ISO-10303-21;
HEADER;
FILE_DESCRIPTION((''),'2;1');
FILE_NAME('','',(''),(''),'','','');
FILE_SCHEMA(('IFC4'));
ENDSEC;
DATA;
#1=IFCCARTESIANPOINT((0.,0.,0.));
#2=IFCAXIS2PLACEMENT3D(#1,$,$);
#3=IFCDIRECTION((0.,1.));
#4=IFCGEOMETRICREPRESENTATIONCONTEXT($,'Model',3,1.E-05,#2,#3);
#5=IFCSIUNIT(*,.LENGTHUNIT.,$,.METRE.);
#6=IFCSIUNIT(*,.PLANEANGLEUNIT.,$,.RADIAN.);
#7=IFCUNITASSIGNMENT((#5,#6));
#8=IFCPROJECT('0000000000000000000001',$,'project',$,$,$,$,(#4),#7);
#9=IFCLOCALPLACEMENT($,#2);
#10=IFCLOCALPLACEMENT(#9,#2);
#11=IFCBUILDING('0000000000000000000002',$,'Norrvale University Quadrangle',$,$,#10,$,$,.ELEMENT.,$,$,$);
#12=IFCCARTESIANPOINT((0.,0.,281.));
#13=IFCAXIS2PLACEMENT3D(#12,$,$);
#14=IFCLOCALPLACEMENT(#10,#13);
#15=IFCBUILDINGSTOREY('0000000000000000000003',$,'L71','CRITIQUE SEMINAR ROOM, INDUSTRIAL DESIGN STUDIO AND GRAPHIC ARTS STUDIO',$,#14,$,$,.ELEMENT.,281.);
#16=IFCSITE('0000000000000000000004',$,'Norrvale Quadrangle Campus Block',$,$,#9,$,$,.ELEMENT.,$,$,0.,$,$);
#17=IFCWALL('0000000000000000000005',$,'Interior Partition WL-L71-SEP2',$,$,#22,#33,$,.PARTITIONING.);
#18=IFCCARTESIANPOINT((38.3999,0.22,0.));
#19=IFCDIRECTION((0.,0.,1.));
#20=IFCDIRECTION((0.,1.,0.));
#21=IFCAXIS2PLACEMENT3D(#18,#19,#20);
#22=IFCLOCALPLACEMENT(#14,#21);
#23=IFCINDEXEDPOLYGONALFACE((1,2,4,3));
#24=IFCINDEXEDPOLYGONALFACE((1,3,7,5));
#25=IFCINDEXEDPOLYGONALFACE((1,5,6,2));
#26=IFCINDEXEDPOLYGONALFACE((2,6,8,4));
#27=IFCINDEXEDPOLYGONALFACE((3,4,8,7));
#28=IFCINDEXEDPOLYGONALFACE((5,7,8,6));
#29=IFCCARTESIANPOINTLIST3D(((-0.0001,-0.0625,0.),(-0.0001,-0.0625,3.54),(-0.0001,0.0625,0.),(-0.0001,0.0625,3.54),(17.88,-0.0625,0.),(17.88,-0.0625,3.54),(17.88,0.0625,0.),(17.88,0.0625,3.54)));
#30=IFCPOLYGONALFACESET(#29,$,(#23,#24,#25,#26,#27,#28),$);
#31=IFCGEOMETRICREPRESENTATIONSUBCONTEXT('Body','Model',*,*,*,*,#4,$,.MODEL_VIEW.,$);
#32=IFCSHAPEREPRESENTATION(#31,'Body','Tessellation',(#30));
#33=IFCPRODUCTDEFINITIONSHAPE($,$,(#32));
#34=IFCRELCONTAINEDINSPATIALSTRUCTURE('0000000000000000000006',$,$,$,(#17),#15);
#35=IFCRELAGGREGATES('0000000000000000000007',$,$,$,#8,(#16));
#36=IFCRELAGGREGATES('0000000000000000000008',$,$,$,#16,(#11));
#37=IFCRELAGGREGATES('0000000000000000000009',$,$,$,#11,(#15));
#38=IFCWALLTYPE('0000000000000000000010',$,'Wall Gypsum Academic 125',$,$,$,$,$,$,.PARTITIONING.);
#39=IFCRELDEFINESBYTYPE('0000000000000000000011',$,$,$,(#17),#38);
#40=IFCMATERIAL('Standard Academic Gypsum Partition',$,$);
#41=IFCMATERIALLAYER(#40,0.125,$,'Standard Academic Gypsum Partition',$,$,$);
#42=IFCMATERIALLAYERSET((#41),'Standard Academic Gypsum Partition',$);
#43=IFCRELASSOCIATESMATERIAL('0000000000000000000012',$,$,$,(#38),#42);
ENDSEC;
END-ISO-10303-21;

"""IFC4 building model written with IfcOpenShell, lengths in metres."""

from ifc_helpers import new_model, si_unit, direction, frame, frame_2d, origin, place, context, subcontext, project, spatial, rectangle, extrude, material, layer, layer_set, type_object, element, save


model = new_model("IFC4")

# Units and contexts
model_context = context("Model", 3, precision=1e-05, world=origin(), true_north=direction((0.0, 1.0)))
body_context = subcontext(model_context, "Body", "Model", "MODEL_VIEW")
ifc_project = project(units=[si_unit("LENGTHUNIT", "METRE"), si_unit("PLANEANGLEUNIT", "RADIAN")], contexts=[model_context])

# Site, building, storey
site_placement = place(None, origin())
site = spatial("IfcSite", under=ifc_project, at=site_placement, Name="Norrvale Quadrangle Campus Block", CompositionType="ELEMENT", RefElevation=0.0)
building_placement = place(site_placement, origin())
building = spatial("IfcBuilding", under=site, at=building_placement, Name="Norrvale University Quadrangle", CompositionType="ELEMENT")
storey_placement = place(building_placement, frame((0.0, 0.0, 281.0)))
storey = spatial("IfcBuildingStorey", under=building, at=storey_placement, Name="L71", Description="CRITIQUE SEMINAR ROOM, INDUSTRIAL DESIGN STUDIO AND GRAPHIC ARTS STUDIO", CompositionType="ELEMENT", Elevation=281.0)

# Wall
ifc_material_1 = material(Name="Standard Academic Gypsum Partition")
ifc_layer_1 = layer(ifc_material_1, 0.125, Name="Standard Academic Gypsum Partition")
ifc_layer_set_1 = layer_set([ifc_layer_1], Name="Standard Academic Gypsum Partition")
wall_type_1 = type_object("IfcWallType", Name="Wall Gypsum Academic 125", PredefinedType="PARTITIONING", material=ifc_layer_set_1)
wall_1_placement = place(storey_placement, frame((38.3999, 0.22, 0.0), z_axis=(0.0, 0.0, 1.0), x_axis=(0.0, 1.0, 0.0)))
element("IfcWall", 1, at=wall_1_placement, inside=storey, type_object=wall_type_1, Name="Interior Partition WL-L71-SEP2", PredefinedType="PARTITIONING", context=body_context, shape_type="SweptSolid", body=[
    extrude(rectangle(XDim=17.8801, YDim=0.125, at=frame_2d((8.9399, 0.0))), origin(), (0.0, 0.0, 1.0), 3.54),
])

save(model, "model.ifc")
